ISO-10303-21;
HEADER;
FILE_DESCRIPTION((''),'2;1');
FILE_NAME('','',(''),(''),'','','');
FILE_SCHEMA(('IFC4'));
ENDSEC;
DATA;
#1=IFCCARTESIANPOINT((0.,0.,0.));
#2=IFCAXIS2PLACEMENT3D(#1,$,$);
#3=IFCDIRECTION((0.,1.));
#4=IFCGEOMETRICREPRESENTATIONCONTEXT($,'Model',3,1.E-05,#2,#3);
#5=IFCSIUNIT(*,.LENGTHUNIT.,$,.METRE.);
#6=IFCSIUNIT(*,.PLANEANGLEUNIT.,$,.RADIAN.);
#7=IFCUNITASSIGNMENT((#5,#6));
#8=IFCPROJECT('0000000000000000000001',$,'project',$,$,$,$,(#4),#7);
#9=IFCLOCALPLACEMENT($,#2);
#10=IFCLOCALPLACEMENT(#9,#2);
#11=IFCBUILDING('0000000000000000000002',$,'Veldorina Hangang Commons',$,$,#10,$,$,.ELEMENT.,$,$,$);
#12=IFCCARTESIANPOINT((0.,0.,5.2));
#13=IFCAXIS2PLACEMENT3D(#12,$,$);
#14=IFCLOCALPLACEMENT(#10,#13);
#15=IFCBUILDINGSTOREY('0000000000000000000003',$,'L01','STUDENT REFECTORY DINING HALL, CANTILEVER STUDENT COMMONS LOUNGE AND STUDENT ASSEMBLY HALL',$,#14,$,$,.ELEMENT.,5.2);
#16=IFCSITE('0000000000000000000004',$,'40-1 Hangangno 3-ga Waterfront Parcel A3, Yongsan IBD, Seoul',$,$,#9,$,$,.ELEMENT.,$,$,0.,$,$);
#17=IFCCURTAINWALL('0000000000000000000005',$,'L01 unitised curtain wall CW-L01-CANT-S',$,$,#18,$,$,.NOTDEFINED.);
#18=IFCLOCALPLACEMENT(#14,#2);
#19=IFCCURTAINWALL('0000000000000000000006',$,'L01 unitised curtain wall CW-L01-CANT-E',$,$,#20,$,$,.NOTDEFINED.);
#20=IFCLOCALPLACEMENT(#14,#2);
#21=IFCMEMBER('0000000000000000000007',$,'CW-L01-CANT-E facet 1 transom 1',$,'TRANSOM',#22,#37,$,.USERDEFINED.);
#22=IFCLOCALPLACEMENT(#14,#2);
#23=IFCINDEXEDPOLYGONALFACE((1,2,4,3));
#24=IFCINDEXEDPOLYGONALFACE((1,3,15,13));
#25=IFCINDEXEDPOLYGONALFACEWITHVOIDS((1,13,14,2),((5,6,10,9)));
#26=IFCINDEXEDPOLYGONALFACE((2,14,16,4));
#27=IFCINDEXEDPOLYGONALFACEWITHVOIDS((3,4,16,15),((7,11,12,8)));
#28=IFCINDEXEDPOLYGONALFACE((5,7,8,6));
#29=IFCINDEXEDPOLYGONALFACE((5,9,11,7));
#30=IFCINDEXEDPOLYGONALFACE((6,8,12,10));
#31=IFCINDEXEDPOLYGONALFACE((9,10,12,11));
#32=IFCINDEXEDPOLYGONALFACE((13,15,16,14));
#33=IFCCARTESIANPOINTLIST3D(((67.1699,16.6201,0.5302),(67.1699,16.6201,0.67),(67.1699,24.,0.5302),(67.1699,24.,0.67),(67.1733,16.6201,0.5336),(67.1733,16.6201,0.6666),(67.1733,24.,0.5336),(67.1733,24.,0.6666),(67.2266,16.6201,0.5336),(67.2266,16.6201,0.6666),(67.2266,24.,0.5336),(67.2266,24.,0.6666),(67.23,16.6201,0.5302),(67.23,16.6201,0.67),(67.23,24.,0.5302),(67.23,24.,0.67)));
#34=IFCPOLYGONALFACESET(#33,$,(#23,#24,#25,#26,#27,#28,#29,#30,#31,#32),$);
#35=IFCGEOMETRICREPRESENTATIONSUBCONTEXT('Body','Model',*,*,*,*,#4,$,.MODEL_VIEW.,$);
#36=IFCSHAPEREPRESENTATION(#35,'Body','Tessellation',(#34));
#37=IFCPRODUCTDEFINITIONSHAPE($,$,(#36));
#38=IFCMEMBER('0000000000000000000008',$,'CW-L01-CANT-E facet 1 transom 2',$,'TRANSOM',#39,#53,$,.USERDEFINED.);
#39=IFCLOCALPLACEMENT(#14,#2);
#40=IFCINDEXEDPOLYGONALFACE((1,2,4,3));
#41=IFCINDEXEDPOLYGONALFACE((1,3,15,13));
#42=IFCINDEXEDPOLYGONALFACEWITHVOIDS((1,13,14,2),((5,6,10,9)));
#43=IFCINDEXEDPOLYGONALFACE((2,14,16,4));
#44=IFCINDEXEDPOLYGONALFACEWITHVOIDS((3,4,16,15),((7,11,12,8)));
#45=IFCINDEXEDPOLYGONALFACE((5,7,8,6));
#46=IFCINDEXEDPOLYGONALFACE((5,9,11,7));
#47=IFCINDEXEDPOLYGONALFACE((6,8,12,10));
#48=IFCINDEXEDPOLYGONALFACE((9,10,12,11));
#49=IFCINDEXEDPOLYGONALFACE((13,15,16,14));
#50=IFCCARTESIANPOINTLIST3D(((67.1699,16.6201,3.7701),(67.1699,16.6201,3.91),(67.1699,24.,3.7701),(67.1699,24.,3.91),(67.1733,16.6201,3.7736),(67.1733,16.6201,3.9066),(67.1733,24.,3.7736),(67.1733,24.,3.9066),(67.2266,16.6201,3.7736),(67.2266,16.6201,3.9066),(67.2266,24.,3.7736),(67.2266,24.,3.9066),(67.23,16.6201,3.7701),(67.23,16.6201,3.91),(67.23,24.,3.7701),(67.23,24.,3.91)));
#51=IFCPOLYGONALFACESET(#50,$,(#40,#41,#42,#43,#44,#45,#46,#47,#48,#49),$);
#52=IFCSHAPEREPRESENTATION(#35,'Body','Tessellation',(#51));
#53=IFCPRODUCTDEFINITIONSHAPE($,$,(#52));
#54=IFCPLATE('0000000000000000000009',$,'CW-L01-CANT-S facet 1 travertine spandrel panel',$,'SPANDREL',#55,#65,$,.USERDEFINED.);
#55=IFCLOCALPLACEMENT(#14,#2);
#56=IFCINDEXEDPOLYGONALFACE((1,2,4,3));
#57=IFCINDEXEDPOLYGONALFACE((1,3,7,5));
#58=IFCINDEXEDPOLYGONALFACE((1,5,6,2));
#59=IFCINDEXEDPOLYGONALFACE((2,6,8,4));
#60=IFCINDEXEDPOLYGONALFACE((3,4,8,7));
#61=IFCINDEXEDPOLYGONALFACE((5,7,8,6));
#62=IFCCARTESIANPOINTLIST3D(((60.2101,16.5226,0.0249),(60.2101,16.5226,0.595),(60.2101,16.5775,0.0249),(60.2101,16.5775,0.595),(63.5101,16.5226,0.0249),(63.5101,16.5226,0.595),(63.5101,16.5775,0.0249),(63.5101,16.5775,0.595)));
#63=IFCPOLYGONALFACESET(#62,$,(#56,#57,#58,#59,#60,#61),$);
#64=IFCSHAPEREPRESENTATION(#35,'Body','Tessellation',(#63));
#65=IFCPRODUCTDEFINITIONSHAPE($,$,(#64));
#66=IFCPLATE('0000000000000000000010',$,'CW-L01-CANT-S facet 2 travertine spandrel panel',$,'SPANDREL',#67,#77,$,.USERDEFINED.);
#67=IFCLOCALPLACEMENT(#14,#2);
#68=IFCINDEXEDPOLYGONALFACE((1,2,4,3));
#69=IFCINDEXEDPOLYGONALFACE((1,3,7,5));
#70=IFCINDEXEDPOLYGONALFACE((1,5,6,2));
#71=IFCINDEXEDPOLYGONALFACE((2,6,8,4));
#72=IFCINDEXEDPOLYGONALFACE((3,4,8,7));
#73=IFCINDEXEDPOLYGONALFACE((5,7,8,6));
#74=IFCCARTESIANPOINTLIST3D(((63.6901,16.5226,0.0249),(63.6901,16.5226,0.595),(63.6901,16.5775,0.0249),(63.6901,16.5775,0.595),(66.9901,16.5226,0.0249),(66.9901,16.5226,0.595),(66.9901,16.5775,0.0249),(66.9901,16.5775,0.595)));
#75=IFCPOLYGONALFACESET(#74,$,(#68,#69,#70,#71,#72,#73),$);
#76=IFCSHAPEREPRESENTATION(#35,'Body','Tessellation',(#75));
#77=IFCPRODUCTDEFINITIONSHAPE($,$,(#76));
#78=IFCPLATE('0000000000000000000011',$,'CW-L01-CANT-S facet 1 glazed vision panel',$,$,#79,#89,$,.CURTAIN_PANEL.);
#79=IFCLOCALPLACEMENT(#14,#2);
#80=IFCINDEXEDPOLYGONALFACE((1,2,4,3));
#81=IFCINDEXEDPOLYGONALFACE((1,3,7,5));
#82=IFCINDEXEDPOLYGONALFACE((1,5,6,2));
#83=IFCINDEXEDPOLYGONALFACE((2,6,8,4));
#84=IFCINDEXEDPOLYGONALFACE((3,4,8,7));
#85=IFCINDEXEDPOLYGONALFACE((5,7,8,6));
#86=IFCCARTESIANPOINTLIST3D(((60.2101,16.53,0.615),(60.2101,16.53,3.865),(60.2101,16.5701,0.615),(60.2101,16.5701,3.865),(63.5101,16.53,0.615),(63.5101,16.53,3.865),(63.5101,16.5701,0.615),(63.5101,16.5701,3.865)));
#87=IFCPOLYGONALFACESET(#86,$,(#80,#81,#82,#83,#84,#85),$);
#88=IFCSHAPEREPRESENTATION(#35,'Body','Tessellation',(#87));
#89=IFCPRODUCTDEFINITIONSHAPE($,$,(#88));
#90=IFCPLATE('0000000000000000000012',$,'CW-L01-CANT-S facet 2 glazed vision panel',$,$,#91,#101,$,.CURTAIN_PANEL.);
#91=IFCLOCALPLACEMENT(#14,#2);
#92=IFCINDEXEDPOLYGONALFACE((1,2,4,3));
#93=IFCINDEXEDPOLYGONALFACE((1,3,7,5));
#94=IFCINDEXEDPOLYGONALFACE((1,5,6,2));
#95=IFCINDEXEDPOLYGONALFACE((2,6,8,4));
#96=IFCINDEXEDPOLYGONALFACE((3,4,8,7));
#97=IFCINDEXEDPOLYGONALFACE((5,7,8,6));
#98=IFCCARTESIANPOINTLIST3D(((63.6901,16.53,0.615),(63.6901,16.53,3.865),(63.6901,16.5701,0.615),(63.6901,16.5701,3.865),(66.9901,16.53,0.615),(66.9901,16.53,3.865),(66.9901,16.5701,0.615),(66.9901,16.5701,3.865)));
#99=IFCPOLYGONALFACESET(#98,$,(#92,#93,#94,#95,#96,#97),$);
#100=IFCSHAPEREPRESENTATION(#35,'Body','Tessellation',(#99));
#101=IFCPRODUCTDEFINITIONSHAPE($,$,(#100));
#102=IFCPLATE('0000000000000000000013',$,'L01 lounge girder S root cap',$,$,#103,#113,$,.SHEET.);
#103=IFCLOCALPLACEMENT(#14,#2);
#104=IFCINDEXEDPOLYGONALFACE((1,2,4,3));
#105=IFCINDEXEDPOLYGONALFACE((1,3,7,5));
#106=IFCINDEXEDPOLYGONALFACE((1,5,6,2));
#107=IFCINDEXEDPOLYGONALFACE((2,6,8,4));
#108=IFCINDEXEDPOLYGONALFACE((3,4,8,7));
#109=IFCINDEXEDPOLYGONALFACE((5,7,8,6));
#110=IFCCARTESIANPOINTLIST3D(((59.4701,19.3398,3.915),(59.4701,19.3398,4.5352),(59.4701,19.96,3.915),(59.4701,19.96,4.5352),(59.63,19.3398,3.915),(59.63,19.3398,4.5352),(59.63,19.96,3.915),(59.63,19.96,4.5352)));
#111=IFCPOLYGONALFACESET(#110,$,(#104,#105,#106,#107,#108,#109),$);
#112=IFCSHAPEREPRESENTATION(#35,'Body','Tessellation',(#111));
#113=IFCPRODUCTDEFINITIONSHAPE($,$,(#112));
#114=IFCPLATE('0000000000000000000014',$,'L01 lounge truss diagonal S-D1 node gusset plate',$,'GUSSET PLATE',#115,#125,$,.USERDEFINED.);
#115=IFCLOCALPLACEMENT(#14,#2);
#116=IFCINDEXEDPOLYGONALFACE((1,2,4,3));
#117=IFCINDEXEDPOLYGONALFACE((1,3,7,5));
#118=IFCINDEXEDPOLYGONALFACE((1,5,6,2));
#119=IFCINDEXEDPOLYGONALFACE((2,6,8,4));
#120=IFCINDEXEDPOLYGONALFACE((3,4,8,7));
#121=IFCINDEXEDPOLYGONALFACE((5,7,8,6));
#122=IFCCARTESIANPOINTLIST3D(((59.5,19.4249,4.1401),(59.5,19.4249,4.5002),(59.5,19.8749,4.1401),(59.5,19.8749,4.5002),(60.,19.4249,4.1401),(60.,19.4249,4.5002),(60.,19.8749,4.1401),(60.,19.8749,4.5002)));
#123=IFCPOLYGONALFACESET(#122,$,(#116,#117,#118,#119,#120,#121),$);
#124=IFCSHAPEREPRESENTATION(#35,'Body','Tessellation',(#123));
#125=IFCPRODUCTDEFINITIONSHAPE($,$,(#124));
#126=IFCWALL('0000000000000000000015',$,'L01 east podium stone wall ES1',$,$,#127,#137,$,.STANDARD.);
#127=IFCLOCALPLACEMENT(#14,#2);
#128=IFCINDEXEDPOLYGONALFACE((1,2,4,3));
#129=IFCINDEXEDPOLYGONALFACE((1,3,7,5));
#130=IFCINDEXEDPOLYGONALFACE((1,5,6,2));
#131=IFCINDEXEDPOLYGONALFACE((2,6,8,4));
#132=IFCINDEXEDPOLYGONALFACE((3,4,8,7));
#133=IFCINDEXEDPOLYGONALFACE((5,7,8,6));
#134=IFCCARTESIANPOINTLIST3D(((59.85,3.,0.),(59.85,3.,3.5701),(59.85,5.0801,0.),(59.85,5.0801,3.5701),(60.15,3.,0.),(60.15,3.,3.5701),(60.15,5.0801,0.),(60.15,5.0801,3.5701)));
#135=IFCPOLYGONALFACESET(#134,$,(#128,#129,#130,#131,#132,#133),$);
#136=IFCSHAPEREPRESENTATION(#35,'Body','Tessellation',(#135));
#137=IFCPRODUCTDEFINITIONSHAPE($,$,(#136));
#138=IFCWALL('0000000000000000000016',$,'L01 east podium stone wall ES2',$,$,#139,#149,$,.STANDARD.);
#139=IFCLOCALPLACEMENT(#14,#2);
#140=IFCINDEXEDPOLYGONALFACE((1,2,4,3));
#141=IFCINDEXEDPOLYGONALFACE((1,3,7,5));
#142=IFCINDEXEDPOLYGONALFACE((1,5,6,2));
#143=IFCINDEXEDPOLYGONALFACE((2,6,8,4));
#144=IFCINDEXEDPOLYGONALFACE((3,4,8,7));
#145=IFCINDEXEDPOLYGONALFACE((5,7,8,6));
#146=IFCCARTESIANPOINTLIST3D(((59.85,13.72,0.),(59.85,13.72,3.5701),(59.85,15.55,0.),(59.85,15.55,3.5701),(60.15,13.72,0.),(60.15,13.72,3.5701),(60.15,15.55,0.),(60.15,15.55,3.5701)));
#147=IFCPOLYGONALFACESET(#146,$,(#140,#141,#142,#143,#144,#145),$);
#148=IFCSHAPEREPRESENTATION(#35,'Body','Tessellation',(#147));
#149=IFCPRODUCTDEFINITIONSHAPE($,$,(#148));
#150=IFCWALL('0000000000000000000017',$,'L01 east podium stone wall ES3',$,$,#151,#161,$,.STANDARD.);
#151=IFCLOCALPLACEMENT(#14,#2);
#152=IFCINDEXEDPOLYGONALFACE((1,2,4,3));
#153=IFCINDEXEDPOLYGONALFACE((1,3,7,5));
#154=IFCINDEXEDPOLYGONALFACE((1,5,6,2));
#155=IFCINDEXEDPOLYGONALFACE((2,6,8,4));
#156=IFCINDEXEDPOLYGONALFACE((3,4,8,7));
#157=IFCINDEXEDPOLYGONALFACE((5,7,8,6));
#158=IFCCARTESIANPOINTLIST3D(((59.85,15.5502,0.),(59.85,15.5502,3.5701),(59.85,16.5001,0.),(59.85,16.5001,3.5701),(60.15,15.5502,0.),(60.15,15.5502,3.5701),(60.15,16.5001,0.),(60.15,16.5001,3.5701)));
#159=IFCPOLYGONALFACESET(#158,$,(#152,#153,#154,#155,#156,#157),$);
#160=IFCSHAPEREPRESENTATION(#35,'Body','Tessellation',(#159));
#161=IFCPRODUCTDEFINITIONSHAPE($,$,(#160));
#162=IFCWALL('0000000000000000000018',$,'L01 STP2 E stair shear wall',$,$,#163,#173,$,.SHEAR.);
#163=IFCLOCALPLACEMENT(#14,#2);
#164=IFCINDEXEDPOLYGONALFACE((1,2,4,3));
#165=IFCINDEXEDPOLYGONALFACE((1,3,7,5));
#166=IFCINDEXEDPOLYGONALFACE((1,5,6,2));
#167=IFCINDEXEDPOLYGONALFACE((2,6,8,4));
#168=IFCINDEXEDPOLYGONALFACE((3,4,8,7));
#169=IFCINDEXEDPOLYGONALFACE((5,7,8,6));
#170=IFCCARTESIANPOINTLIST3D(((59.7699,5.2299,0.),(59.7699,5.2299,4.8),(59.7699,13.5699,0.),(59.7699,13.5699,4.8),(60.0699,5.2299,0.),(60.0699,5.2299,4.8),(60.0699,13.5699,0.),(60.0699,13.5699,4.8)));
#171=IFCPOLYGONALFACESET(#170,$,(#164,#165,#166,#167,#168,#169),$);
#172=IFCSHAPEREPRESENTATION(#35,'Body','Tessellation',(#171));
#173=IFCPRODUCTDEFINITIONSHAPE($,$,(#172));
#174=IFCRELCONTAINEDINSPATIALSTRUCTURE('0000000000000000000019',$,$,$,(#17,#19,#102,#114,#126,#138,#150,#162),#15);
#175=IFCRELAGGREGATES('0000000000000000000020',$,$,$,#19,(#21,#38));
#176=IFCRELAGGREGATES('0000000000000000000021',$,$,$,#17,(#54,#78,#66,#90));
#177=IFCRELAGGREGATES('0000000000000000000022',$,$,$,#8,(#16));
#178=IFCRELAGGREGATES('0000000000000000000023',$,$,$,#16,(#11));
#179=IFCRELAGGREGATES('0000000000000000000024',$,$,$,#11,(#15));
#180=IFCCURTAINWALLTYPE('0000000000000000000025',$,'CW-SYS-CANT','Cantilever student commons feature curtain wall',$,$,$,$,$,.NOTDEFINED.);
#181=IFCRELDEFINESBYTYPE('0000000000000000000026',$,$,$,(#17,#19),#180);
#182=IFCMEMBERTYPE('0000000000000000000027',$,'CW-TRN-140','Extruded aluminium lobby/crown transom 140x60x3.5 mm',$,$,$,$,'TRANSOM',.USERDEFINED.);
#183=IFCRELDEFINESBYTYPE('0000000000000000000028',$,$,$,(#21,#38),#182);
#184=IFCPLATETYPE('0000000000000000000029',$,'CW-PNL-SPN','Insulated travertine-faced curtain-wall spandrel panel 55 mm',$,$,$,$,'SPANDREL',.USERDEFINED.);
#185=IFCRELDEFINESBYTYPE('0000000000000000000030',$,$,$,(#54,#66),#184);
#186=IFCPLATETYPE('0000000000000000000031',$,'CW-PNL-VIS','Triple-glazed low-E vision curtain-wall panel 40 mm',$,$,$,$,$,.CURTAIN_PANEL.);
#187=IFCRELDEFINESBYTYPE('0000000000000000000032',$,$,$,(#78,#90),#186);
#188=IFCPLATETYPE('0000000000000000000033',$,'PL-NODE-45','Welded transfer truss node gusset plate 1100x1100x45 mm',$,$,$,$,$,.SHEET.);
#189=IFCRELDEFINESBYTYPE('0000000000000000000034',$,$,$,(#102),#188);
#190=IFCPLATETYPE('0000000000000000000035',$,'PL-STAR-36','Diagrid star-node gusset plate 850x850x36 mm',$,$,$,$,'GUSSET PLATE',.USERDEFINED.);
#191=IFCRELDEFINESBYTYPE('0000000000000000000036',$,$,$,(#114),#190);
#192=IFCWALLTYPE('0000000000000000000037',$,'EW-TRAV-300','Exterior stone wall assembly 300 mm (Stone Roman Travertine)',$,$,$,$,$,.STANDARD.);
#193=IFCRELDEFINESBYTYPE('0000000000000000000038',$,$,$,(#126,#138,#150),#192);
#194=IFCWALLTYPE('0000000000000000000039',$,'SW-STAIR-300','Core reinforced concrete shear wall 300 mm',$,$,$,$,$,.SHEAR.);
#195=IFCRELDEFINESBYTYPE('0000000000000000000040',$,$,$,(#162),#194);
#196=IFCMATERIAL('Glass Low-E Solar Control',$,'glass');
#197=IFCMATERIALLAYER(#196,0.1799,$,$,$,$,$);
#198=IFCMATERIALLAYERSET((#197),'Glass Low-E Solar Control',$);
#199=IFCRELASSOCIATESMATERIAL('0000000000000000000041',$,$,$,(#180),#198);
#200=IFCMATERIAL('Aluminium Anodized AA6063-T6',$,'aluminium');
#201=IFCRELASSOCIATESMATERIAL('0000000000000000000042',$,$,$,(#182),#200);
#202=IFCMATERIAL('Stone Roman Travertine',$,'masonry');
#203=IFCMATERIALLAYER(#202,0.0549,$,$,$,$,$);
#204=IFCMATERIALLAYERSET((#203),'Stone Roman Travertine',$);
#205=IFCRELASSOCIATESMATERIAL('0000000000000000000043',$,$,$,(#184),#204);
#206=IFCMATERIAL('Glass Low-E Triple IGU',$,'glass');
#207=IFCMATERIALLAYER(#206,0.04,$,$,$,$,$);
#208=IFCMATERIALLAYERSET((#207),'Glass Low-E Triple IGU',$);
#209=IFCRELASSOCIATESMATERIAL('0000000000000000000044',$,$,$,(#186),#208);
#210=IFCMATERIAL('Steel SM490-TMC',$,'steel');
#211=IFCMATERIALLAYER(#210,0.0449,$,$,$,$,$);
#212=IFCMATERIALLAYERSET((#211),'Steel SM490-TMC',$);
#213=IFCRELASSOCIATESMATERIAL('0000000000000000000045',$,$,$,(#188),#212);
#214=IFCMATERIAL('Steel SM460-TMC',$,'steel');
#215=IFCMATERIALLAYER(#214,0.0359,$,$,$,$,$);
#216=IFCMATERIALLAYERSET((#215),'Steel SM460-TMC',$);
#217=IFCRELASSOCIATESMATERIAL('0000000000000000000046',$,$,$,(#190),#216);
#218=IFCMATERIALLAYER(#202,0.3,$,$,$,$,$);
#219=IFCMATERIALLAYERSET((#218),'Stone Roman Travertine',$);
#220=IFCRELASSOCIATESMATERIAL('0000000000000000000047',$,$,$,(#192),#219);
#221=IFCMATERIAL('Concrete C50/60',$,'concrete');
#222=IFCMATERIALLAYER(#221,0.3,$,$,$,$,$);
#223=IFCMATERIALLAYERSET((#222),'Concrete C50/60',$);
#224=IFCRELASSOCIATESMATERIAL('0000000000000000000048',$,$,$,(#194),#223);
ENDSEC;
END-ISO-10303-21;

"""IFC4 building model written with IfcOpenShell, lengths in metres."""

from ifc_helpers import new_model, si_unit, direction, frame, frame_2d, origin, origin_2d, place, context, subcontext, project, spatial, rectangle, hollow_rectangle, extrude, material, layer, layer_set, material_profile, profile_set, type_object, element, aggregate, save


model = new_model("IFC4")

# Units and contexts
model_context = context("Model", 3, precision=1e-05, world=origin(), true_north=direction((0.0, 1.0)))
body_context = subcontext(model_context, "Body", "Model", "MODEL_VIEW")
ifc_project = project(units=[si_unit("LENGTHUNIT", "METRE"), si_unit("PLANEANGLEUNIT", "RADIAN")], contexts=[model_context])

# Site, building, storey
site_placement = place(None, origin())
site = spatial("IfcSite", under=ifc_project, at=site_placement, Name="40-1 Hangangno 3-ga Waterfront Parcel A3, Yongsan IBD, Seoul", CompositionType="ELEMENT", RefElevation=0.0)
building_placement = place(site_placement, origin())
building = spatial("IfcBuilding", under=site, at=building_placement, Name="Veldorina Hangang Commons", CompositionType="ELEMENT")
storey_placement = place(building_placement, frame((0.0, 0.0, 5.2)))
storey = spatial("IfcBuildingStorey", under=building, at=storey_placement, Name="L01", Description="STUDENT REFECTORY DINING HALL, CANTILEVER STUDENT COMMONS LOUNGE AND STUDENT ASSEMBLY HALL", CompositionType="ELEMENT", Elevation=5.2)

# Shared definitions
ifc_material_1 = material(Name="Steel SM460-TMC", Category="steel")

# Curtain wall
ifc_material_2 = material(Name="Glass Low-E Solar Control", Category="glass")
ifc_layer_1 = layer(ifc_material_2, 0.1799)
ifc_layer_set_1 = layer_set([ifc_layer_1], Name="Glass Low-E Solar Control")
curtain_wall_type = type_object("IfcCurtainWallType", Name="CW-SYS-CANT", Description="Cantilever student commons feature curtain wall", PredefinedType="NOTDEFINED", material=ifc_layer_set_1)
curtain_wall_1_placement = place(storey_placement, origin())
curtain_wall_1 = element("IfcCurtainWall", 1, at=curtain_wall_1_placement, inside=storey, type_object=curtain_wall_type, Name="L01 unitised curtain wall CW-L01-CANT-S", PredefinedType="NOTDEFINED")
ifc_material_3 = material(Name="Aluminium Anodized AA6063-T6", Category="aluminium")

# Curtain wall
curtain_wall_2_placement = place(storey_placement, origin())
curtain_wall_2 = element("IfcCurtainWall", 2, at=curtain_wall_2_placement, inside=storey, type_object=curtain_wall_type, Name="L01 unitised curtain wall CW-L01-CANT-E", PredefinedType="NOTDEFINED")

# Members
ifc_material_profile_1 = material_profile(ifc_material_3, hollow_rectangle(XDim=0.0601, YDim=0.1399, WallThickness=0.0034, at=origin_2d()), Name="ALU-RHS-140x60x3.5")
ifc_profile_set_1 = profile_set([ifc_material_profile_1], Name="Aluminium Anodized AA6063-T6")
member_type_1 = type_object("IfcMemberType", Name="CW-TRN-140", Description="Extruded aluminium lobby/crown transom 140x60x3.5 mm", ElementType="TRANSOM", PredefinedType="USERDEFINED", material=ifc_profile_set_1)
member_1_placement = place(storey_placement, frame((67.2, 16.6201, 0.6001), z_axis=(0.0, 1.0, 0.0), x_axis=(-1.0, 0.0, 0.0)))
member_1 = element("IfcMember", 3, at=member_1_placement, type_object=member_type_1, Name="CW-L01-CANT-E facet 1 transom 1", ObjectType="TRANSOM", PredefinedType="USERDEFINED", context=body_context, shape_type="SweptSolid", body=[
    extrude(hollow_rectangle(XDim=0.0601, YDim=0.1399, WallThickness=0.0034, at=origin_2d()), origin(), (0.0, 0.0, 1.0), 7.3799),
])
member_2_placement = place(storey_placement, frame((67.2, 16.6201, 3.8401), z_axis=(0.0, 1.0, 0.0), x_axis=(-1.0, 0.0, 0.0)))
member_2 = element("IfcMember", 4, at=member_2_placement, type_object=member_type_1, Name="CW-L01-CANT-E facet 1 transom 2", ObjectType="TRANSOM", PredefinedType="USERDEFINED", context=body_context, shape_type="SweptSolid", body=[
    extrude(hollow_rectangle(XDim=0.0601, YDim=0.1399, WallThickness=0.0034, at=origin_2d()), origin(), (0.0, 0.0, 1.0), 7.3799),
])
aggregate(curtain_wall_2, [member_1, member_2])

# Plates
ifc_material_4 = material(Name="Stone Roman Travertine", Category="masonry")
ifc_layer_2 = layer(ifc_material_4, 0.0549)
ifc_layer_set_2 = layer_set([ifc_layer_2], Name="Stone Roman Travertine")
plate_type_1 = type_object("IfcPlateType", Name="CW-PNL-SPN", Description="Insulated travertine-faced curtain-wall spandrel panel 55 mm", ElementType="SPANDREL", PredefinedType="USERDEFINED", material=ifc_layer_set_2)
plate_1_placement = place(storey_placement, frame((61.8601, 16.55, 0.0249), z_axis=(0.0, 0.0, 1.0), x_axis=(1.0, 0.0, 0.0)))
plate_1 = element("IfcPlate", 5, at=plate_1_placement, type_object=plate_type_1, Name="CW-L01-CANT-S facet 1 travertine spandrel panel", ObjectType="SPANDREL", PredefinedType="USERDEFINED", context=body_context, shape_type="SweptSolid", body=[
    extrude(rectangle(XDim=3.3, YDim=0.0549, at=origin_2d()), origin(), (0.0, 0.0, 1.0), 0.5701),
])
plate_2_placement = place(storey_placement, frame((65.3401, 16.55, 0.0249), z_axis=(0.0, 0.0, 1.0), x_axis=(1.0, 0.0, 0.0)))
plate_2 = element("IfcPlate", 6, at=plate_2_placement, type_object=plate_type_1, Name="CW-L01-CANT-S facet 2 travertine spandrel panel", ObjectType="SPANDREL", PredefinedType="USERDEFINED", context=body_context, shape_type="SweptSolid", body=[
    extrude(rectangle(XDim=3.3, YDim=0.0549, at=origin_2d()), origin(), (0.0, 0.0, 1.0), 0.5701),
])
ifc_material_5 = material(Name="Glass Low-E Triple IGU", Category="glass")
ifc_layer_3 = layer(ifc_material_5, 0.04)
ifc_layer_set_3 = layer_set([ifc_layer_3], Name="Glass Low-E Triple IGU")
plate_type_2 = type_object("IfcPlateType", Name="CW-PNL-VIS", Description="Triple-glazed low-E vision curtain-wall panel 40 mm", PredefinedType="CURTAIN_PANEL", material=ifc_layer_set_3)
plate_3_placement = place(storey_placement, frame((61.8601, 16.55, 0.615), z_axis=(0.0, 0.0, 1.0), x_axis=(1.0, 0.0, 0.0)))
plate_3 = element("IfcPlate", 7, at=plate_3_placement, type_object=plate_type_2, Name="CW-L01-CANT-S facet 1 glazed vision panel", PredefinedType="CURTAIN_PANEL", context=body_context, shape_type="SweptSolid", body=[
    extrude(rectangle(XDim=3.3, YDim=0.04, at=origin_2d()), origin(), (0.0, 0.0, 1.0), 3.25),
])
plate_4_placement = place(storey_placement, frame((65.3401, 16.55, 0.615), z_axis=(0.0, 0.0, 1.0), x_axis=(1.0, 0.0, 0.0)))
plate_4 = element("IfcPlate", 8, at=plate_4_placement, type_object=plate_type_2, Name="CW-L01-CANT-S facet 2 glazed vision panel", PredefinedType="CURTAIN_PANEL", context=body_context, shape_type="SweptSolid", body=[
    extrude(rectangle(XDim=3.3, YDim=0.04, at=origin_2d()), origin(), (0.0, 0.0, 1.0), 3.25),
])
aggregate(curtain_wall_1, [plate_1, plate_3, plate_2, plate_4])

# Plates
ifc_material_6 = material(Name="Steel SM490-TMC", Category="steel")
ifc_layer_4 = layer(ifc_material_6, 0.0449)
ifc_layer_set_4 = layer_set([ifc_layer_4], Name="Steel SM490-TMC")
plate_type_3 = type_object("IfcPlateType", Name="PL-NODE-45", Description="Welded transfer truss node gusset plate 1100x1100x45 mm", PredefinedType="SHEET", material=ifc_layer_set_4)
plate_5_placement = place(storey_placement, frame((59.55, 19.6499, 3.915), z_axis=(0.0, 0.0, 1.0), x_axis=(1.0, 0.0, 0.0)))
element("IfcPlate", 9, at=plate_5_placement, inside=storey, type_object=plate_type_3, Name="L01 lounge girder S root cap", PredefinedType="SHEET", context=body_context, shape_type="SweptSolid", body=[
    extrude(rectangle(XDim=0.1599, YDim=0.6201, at=origin_2d()), origin(), (0.0, 0.0, 1.0), 0.6201),
])
ifc_layer_5 = layer(ifc_material_1, 0.0359)
ifc_layer_set_5 = layer_set([ifc_layer_5], Name="Steel SM460-TMC")
plate_type_4 = type_object("IfcPlateType", Name="PL-STAR-36", Description="Diagrid star-node gusset plate 850x850x36 mm", ElementType="GUSSET PLATE", PredefinedType="USERDEFINED", material=ifc_layer_set_5)
plate_6_placement = place(storey_placement, frame((59.75, 19.6499, 4.1401), z_axis=(0.0, 0.0, 1.0), x_axis=(1.0, 0.0, 0.0)))
element("IfcPlate", 10, at=plate_6_placement, inside=storey, type_object=plate_type_4, Name="L01 lounge truss diagonal S-D1 node gusset plate", ObjectType="GUSSET PLATE", PredefinedType="USERDEFINED", context=body_context, shape_type="SweptSolid", body=[
    extrude(rectangle(XDim=0.5, YDim=0.45, at=origin_2d()), origin(), (0.0, 0.0, 1.0), 0.3601),
])

# Walls
ifc_layer_6 = layer(ifc_material_4, 0.3)
ifc_layer_set_6 = layer_set([ifc_layer_6], Name="Stone Roman Travertine")
wall_type_1 = type_object("IfcWallType", Name="EW-TRAV-300", Description="Exterior stone wall assembly 300 mm (Stone Roman Travertine)", PredefinedType="STANDARD", material=ifc_layer_set_6)
wall_1_placement = place(storey_placement, frame((60.0, 3.0, 0.0), z_axis=(0.0, 0.0, 1.0), x_axis=(0.0, 1.0, 0.0)))
element("IfcWall", 11, at=wall_1_placement, inside=storey, type_object=wall_type_1, Name="L01 east podium stone wall ES1", PredefinedType="STANDARD", context=body_context, shape_type="SweptSolid", body=[
    extrude(rectangle(XDim=2.0801, YDim=0.3, at=frame_2d((1.04, 0.0))), origin(), (0.0, 0.0, 1.0), 3.5701),
])
wall_2_placement = place(storey_placement, frame((60.0, 13.72, 0.0), z_axis=(0.0, 0.0, 1.0), x_axis=(0.0, 1.0, 0.0)))
element("IfcWall", 12, at=wall_2_placement, inside=storey, type_object=wall_type_1, Name="L01 east podium stone wall ES2", PredefinedType="STANDARD", context=body_context, shape_type="SweptSolid", body=[
    extrude(rectangle(XDim=1.8301, YDim=0.3, at=frame_2d((0.915, 0.0))), origin(), (0.0, 0.0, 1.0), 3.5701),
])
wall_3_placement = place(storey_placement, frame((60.0, 15.55, 0.0), z_axis=(0.0, 0.0, 1.0), x_axis=(0.0, 1.0, 0.0)))
element("IfcWall", 13, at=wall_3_placement, inside=storey, type_object=wall_type_1, Name="L01 east podium stone wall ES3", PredefinedType="STANDARD", context=body_context, shape_type="SweptSolid", body=[
    extrude(rectangle(XDim=0.95, YDim=0.3, at=frame_2d((0.4751, 0.0))), origin(), (0.0, 0.0, 1.0), 3.5701),
])
ifc_material_7 = material(Name="Concrete C50/60", Category="concrete")
ifc_layer_7 = layer(ifc_material_7, 0.3)
ifc_layer_set_7 = layer_set([ifc_layer_7], Name="Concrete C50/60")
wall_type_2 = type_object("IfcWallType", Name="SW-STAIR-300", Description="Core reinforced concrete shear wall 300 mm", PredefinedType="SHEAR", material=ifc_layer_set_7)
wall_4_placement = place(storey_placement, frame((59.9199, 5.23, 0.0), z_axis=(0.0, 0.0, 1.0), x_axis=(0.0, 1.0, 0.0)))
element("IfcWall", 14, at=wall_4_placement, inside=storey, type_object=wall_type_2, Name="L01 STP2 E stair shear wall", PredefinedType="SHEAR", context=body_context, shape_type="SweptSolid", body=[
    extrude(rectangle(XDim=8.3401, YDim=0.3, at=frame_2d((4.1699, 0.0))), origin(), (0.0, 0.0, 1.0), 4.8),
])

save(model, "model.ifc")
